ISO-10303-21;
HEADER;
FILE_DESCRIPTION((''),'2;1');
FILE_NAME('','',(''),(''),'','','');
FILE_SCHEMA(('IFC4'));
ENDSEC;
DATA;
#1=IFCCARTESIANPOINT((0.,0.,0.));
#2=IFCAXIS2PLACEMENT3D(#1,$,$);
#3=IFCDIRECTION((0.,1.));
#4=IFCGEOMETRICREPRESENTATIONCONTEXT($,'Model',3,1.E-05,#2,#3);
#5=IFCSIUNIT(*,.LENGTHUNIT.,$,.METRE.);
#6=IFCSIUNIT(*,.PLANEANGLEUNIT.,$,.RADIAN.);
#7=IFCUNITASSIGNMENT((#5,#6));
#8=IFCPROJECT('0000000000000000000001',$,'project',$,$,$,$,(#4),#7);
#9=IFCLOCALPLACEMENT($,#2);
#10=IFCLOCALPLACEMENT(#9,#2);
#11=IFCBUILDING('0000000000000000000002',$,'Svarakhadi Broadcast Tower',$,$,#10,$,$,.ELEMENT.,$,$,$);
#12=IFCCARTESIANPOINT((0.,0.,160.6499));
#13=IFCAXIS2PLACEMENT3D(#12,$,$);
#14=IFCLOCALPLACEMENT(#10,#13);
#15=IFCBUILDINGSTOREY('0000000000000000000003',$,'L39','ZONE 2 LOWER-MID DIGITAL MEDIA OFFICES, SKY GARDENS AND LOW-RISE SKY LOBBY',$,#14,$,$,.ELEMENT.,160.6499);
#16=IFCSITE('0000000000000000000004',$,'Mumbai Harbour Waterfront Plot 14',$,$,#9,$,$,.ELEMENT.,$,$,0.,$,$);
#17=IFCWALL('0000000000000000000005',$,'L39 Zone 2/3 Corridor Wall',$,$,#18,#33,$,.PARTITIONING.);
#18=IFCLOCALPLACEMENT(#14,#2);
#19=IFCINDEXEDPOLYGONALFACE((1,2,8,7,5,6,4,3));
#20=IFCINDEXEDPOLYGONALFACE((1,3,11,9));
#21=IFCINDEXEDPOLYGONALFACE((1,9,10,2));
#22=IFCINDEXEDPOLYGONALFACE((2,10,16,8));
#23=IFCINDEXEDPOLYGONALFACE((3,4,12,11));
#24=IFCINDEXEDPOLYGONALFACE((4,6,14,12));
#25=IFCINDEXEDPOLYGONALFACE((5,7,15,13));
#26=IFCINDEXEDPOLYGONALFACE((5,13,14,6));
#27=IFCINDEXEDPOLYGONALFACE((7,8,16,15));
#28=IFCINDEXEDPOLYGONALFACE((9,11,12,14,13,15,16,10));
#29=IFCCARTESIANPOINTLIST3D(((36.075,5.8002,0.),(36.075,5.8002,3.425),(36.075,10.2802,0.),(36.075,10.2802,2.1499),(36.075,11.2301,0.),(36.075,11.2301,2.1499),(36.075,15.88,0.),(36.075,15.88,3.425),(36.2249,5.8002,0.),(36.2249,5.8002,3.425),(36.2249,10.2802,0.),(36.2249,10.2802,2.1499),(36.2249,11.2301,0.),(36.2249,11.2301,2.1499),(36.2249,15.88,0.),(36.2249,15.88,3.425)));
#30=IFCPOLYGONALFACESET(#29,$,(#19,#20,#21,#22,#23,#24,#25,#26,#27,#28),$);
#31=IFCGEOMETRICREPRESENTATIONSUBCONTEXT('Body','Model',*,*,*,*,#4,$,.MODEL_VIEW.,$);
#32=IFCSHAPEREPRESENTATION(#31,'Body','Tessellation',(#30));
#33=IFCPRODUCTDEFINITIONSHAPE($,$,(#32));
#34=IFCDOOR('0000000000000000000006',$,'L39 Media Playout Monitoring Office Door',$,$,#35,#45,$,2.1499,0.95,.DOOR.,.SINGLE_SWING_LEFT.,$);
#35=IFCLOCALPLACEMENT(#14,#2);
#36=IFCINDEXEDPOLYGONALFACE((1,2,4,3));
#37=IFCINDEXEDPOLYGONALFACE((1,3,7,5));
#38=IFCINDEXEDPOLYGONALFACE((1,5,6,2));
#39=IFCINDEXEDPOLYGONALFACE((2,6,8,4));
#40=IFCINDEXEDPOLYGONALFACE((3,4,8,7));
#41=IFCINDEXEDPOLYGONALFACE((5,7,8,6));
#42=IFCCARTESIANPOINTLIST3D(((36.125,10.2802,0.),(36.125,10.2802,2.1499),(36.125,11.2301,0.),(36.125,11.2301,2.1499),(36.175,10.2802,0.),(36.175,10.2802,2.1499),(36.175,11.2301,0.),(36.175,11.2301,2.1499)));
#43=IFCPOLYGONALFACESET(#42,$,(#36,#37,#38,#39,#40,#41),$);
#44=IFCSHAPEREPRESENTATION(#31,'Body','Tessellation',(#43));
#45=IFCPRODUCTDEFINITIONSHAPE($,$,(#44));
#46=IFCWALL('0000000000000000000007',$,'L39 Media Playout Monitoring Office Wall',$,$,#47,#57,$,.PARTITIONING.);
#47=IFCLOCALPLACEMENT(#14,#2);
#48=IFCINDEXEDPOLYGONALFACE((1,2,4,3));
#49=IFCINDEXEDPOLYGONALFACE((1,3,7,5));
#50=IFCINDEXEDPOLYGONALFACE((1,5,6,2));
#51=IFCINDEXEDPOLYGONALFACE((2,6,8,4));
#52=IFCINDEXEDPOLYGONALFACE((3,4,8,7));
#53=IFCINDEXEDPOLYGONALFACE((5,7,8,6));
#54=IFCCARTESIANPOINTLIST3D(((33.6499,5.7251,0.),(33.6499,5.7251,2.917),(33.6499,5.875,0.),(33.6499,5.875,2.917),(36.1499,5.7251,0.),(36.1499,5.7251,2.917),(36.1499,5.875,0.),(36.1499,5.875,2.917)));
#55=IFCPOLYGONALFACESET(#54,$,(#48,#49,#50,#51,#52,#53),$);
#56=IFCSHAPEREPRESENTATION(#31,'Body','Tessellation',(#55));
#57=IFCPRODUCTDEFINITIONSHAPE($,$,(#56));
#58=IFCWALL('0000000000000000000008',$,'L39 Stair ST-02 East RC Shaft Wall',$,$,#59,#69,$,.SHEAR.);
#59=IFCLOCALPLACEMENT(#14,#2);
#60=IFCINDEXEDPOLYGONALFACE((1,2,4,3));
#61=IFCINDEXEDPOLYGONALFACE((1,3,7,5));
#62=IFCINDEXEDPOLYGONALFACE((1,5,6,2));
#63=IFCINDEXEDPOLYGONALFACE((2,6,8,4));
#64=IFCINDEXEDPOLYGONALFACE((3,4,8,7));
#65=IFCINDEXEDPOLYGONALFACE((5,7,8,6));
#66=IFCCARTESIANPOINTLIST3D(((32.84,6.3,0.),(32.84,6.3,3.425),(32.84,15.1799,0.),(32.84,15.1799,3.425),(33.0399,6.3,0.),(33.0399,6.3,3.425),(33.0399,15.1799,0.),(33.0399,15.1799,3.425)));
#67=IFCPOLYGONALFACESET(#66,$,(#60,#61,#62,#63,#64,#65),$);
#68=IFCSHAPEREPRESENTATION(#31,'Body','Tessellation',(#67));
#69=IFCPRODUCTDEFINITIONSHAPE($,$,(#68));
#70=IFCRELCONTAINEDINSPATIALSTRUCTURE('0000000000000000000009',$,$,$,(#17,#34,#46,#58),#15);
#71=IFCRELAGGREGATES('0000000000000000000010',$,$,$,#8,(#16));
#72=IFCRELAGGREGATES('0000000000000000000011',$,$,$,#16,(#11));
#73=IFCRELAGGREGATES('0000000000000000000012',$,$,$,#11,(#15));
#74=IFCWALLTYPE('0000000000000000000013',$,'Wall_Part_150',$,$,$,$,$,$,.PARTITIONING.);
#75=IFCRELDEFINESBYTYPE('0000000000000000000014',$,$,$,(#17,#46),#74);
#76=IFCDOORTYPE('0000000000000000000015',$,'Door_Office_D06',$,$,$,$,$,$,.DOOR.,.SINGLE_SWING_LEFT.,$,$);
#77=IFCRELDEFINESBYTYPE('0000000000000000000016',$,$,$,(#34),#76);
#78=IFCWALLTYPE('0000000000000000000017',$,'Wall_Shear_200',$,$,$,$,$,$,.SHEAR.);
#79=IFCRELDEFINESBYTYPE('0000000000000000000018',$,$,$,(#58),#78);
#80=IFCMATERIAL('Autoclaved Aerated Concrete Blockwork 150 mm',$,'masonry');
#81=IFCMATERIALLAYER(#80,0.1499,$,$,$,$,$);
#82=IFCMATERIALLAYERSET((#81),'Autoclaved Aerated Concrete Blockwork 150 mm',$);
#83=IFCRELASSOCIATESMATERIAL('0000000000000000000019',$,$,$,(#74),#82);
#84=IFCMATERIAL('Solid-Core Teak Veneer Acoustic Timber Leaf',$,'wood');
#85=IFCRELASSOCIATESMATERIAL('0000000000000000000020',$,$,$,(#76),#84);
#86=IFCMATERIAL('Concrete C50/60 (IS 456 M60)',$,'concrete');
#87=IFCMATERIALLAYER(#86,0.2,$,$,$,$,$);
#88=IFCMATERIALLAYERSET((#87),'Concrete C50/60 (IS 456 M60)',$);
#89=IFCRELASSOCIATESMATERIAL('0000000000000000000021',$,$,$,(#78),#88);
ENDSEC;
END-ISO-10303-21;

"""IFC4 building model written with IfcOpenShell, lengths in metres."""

from ifc_helpers import new_model, si_unit, direction, frame, frame_2d, origin, place, context, subcontext, project, spatial, rectangle, extrude, material, layer, layer_set, type_object, element, fill, save


model = new_model("IFC4")

# Units and contexts
model_context = context("Model", 3, precision=1e-05, world=origin(), true_north=direction((0.0, 1.0)))
body_context = subcontext(model_context, "Body", "Model", "MODEL_VIEW")
ifc_project = project(units=[si_unit("LENGTHUNIT", "METRE"), si_unit("PLANEANGLEUNIT", "RADIAN")], contexts=[model_context])

# Site, building, storey
site_placement = place(None, origin())
site = spatial("IfcSite", under=ifc_project, at=site_placement, Name="Mumbai Harbour Waterfront Plot 14", CompositionType="ELEMENT", RefElevation=0.0)
building_placement = place(site_placement, origin())
building = spatial("IfcBuilding", under=site, at=building_placement, Name="Svarakhadi Broadcast Tower", CompositionType="ELEMENT")
storey_placement = place(building_placement, frame((0.0, 0.0, 160.6499)))
storey = spatial("IfcBuildingStorey", under=building, at=storey_placement, Name="L39", Description="ZONE 2 LOWER-MID DIGITAL MEDIA OFFICES, SKY GARDENS AND LOW-RISE SKY LOBBY", CompositionType="ELEMENT", Elevation=160.6499)

# Shared definitions
ifc_material_1 = material(Name="Concrete C50/60 (IS 456 M60)", Category="concrete")

# Wall, opening, door
ifc_material_2 = material(Name="Autoclaved Aerated Concrete Blockwork 150 mm", Category="masonry")
ifc_layer_1 = layer(ifc_material_2, 0.1499)
ifc_layer_set_1 = layer_set([ifc_layer_1], Name="Autoclaved Aerated Concrete Blockwork 150 mm")
wall_type_1 = type_object("IfcWallType", Name="Wall_Part_150", PredefinedType="PARTITIONING", material=ifc_layer_set_1)
wall_1_placement = place(storey_placement, frame((36.1499, 5.8, 0.0), z_axis=(0.0, 0.0, 1.0), x_axis=(0.0, 1.0, 0.0)))
wall_1 = element("IfcWall", 1, at=wall_1_placement, inside=storey, type_object=wall_type_1, Name="L39 Zone 2/3 Corridor Wall", PredefinedType="PARTITIONING", context=body_context, shape_type="SweptSolid", body=[
    extrude(rectangle(XDim=10.0798, YDim=0.1499, at=frame_2d((5.04, 0.0))), origin(), (0.0, 0.0, 1.0), 3.425),
])
opening_1_placement = place(wall_1_placement, frame((4.48, 0.0, 0.0)))
opening_1 = element("IfcOpeningElement", 2, at=opening_1_placement, cuts=wall_1, PredefinedType="OPENING", context=body_context, shape_type="SweptSolid", body=[
    extrude(rectangle(XDim=0.95, YDim=2.1499, at=frame_2d((0.4751, 1.075))), frame((0.0, 0.085, 0.0), z_axis=(0.0, -1.0, 0.0), x_axis=(1.0, 0.0, 0.0)), (0.0, 0.0, 1.0), 0.1699),
])
ifc_material_3 = material(Name="Solid-Core Teak Veneer Acoustic Timber Leaf", Category="wood")
door_type_1 = type_object("IfcDoorType", Name="Door_Office_D06", OperationType="SINGLE_SWING_LEFT", PredefinedType="DOOR", material=ifc_material_3)
door_1_placement = place(opening_1_placement, origin())
door_1 = element("IfcDoor", 3, at=door_1_placement, inside=storey, type_object=door_type_1, Name="L39 Media Playout Monitoring Office Door", OperationType="SINGLE_SWING_LEFT", OverallHeight=2.1499, OverallWidth=0.95, PredefinedType="DOOR", context=body_context, shape_type="SweptSolid", body=[
    extrude(rectangle(XDim=0.95, YDim=2.1499, at=frame_2d((0.4751, 1.075))), frame((0.0, 0.0249, 0.0), z_axis=(0.0, -1.0, 0.0), x_axis=(1.0, 0.0, 0.0)), (0.0, 0.0, 1.0), 0.05),
])
fill(opening_1, door_1)

# Walls
wall_2_placement = place(storey_placement, frame((33.6499, 5.8, 0.0), z_axis=(0.0, 0.0, 1.0), x_axis=(1.0, 0.0, 0.0)))
element("IfcWall", 4, at=wall_2_placement, inside=storey, type_object=wall_type_1, Name="L39 Media Playout Monitoring Office Wall", PredefinedType="PARTITIONING", context=body_context, shape_type="SweptSolid", body=[
    extrude(rectangle(XDim=2.5, YDim=0.1499, at=frame_2d((1.25, 0.0))), origin(), (0.0, 0.0, 1.0), 2.917),
])
ifc_layer_2 = layer(ifc_material_1, 0.2)
ifc_layer_set_2 = layer_set([ifc_layer_2], Name="Concrete C50/60 (IS 456 M60)")
wall_type_2 = type_object("IfcWallType", Name="Wall_Shear_200", PredefinedType="SHEAR", material=ifc_layer_set_2)
wall_3_placement = place(storey_placement, frame((32.9399, 6.3, 0.0), z_axis=(0.0, 0.0, 1.0), x_axis=(0.0, 1.0, 0.0)))
element("IfcWall", 5, at=wall_3_placement, inside=storey, type_object=wall_type_2, Name="L39 Stair ST-02 East RC Shaft Wall", PredefinedType="SHEAR", context=body_context, shape_type="SweptSolid", body=[
    extrude(rectangle(XDim=8.8799, YDim=0.2, at=frame_2d((4.4399, 0.0))), origin(), (0.0, 0.0, 1.0), 3.425),
])

save(model, "model.ifc")
